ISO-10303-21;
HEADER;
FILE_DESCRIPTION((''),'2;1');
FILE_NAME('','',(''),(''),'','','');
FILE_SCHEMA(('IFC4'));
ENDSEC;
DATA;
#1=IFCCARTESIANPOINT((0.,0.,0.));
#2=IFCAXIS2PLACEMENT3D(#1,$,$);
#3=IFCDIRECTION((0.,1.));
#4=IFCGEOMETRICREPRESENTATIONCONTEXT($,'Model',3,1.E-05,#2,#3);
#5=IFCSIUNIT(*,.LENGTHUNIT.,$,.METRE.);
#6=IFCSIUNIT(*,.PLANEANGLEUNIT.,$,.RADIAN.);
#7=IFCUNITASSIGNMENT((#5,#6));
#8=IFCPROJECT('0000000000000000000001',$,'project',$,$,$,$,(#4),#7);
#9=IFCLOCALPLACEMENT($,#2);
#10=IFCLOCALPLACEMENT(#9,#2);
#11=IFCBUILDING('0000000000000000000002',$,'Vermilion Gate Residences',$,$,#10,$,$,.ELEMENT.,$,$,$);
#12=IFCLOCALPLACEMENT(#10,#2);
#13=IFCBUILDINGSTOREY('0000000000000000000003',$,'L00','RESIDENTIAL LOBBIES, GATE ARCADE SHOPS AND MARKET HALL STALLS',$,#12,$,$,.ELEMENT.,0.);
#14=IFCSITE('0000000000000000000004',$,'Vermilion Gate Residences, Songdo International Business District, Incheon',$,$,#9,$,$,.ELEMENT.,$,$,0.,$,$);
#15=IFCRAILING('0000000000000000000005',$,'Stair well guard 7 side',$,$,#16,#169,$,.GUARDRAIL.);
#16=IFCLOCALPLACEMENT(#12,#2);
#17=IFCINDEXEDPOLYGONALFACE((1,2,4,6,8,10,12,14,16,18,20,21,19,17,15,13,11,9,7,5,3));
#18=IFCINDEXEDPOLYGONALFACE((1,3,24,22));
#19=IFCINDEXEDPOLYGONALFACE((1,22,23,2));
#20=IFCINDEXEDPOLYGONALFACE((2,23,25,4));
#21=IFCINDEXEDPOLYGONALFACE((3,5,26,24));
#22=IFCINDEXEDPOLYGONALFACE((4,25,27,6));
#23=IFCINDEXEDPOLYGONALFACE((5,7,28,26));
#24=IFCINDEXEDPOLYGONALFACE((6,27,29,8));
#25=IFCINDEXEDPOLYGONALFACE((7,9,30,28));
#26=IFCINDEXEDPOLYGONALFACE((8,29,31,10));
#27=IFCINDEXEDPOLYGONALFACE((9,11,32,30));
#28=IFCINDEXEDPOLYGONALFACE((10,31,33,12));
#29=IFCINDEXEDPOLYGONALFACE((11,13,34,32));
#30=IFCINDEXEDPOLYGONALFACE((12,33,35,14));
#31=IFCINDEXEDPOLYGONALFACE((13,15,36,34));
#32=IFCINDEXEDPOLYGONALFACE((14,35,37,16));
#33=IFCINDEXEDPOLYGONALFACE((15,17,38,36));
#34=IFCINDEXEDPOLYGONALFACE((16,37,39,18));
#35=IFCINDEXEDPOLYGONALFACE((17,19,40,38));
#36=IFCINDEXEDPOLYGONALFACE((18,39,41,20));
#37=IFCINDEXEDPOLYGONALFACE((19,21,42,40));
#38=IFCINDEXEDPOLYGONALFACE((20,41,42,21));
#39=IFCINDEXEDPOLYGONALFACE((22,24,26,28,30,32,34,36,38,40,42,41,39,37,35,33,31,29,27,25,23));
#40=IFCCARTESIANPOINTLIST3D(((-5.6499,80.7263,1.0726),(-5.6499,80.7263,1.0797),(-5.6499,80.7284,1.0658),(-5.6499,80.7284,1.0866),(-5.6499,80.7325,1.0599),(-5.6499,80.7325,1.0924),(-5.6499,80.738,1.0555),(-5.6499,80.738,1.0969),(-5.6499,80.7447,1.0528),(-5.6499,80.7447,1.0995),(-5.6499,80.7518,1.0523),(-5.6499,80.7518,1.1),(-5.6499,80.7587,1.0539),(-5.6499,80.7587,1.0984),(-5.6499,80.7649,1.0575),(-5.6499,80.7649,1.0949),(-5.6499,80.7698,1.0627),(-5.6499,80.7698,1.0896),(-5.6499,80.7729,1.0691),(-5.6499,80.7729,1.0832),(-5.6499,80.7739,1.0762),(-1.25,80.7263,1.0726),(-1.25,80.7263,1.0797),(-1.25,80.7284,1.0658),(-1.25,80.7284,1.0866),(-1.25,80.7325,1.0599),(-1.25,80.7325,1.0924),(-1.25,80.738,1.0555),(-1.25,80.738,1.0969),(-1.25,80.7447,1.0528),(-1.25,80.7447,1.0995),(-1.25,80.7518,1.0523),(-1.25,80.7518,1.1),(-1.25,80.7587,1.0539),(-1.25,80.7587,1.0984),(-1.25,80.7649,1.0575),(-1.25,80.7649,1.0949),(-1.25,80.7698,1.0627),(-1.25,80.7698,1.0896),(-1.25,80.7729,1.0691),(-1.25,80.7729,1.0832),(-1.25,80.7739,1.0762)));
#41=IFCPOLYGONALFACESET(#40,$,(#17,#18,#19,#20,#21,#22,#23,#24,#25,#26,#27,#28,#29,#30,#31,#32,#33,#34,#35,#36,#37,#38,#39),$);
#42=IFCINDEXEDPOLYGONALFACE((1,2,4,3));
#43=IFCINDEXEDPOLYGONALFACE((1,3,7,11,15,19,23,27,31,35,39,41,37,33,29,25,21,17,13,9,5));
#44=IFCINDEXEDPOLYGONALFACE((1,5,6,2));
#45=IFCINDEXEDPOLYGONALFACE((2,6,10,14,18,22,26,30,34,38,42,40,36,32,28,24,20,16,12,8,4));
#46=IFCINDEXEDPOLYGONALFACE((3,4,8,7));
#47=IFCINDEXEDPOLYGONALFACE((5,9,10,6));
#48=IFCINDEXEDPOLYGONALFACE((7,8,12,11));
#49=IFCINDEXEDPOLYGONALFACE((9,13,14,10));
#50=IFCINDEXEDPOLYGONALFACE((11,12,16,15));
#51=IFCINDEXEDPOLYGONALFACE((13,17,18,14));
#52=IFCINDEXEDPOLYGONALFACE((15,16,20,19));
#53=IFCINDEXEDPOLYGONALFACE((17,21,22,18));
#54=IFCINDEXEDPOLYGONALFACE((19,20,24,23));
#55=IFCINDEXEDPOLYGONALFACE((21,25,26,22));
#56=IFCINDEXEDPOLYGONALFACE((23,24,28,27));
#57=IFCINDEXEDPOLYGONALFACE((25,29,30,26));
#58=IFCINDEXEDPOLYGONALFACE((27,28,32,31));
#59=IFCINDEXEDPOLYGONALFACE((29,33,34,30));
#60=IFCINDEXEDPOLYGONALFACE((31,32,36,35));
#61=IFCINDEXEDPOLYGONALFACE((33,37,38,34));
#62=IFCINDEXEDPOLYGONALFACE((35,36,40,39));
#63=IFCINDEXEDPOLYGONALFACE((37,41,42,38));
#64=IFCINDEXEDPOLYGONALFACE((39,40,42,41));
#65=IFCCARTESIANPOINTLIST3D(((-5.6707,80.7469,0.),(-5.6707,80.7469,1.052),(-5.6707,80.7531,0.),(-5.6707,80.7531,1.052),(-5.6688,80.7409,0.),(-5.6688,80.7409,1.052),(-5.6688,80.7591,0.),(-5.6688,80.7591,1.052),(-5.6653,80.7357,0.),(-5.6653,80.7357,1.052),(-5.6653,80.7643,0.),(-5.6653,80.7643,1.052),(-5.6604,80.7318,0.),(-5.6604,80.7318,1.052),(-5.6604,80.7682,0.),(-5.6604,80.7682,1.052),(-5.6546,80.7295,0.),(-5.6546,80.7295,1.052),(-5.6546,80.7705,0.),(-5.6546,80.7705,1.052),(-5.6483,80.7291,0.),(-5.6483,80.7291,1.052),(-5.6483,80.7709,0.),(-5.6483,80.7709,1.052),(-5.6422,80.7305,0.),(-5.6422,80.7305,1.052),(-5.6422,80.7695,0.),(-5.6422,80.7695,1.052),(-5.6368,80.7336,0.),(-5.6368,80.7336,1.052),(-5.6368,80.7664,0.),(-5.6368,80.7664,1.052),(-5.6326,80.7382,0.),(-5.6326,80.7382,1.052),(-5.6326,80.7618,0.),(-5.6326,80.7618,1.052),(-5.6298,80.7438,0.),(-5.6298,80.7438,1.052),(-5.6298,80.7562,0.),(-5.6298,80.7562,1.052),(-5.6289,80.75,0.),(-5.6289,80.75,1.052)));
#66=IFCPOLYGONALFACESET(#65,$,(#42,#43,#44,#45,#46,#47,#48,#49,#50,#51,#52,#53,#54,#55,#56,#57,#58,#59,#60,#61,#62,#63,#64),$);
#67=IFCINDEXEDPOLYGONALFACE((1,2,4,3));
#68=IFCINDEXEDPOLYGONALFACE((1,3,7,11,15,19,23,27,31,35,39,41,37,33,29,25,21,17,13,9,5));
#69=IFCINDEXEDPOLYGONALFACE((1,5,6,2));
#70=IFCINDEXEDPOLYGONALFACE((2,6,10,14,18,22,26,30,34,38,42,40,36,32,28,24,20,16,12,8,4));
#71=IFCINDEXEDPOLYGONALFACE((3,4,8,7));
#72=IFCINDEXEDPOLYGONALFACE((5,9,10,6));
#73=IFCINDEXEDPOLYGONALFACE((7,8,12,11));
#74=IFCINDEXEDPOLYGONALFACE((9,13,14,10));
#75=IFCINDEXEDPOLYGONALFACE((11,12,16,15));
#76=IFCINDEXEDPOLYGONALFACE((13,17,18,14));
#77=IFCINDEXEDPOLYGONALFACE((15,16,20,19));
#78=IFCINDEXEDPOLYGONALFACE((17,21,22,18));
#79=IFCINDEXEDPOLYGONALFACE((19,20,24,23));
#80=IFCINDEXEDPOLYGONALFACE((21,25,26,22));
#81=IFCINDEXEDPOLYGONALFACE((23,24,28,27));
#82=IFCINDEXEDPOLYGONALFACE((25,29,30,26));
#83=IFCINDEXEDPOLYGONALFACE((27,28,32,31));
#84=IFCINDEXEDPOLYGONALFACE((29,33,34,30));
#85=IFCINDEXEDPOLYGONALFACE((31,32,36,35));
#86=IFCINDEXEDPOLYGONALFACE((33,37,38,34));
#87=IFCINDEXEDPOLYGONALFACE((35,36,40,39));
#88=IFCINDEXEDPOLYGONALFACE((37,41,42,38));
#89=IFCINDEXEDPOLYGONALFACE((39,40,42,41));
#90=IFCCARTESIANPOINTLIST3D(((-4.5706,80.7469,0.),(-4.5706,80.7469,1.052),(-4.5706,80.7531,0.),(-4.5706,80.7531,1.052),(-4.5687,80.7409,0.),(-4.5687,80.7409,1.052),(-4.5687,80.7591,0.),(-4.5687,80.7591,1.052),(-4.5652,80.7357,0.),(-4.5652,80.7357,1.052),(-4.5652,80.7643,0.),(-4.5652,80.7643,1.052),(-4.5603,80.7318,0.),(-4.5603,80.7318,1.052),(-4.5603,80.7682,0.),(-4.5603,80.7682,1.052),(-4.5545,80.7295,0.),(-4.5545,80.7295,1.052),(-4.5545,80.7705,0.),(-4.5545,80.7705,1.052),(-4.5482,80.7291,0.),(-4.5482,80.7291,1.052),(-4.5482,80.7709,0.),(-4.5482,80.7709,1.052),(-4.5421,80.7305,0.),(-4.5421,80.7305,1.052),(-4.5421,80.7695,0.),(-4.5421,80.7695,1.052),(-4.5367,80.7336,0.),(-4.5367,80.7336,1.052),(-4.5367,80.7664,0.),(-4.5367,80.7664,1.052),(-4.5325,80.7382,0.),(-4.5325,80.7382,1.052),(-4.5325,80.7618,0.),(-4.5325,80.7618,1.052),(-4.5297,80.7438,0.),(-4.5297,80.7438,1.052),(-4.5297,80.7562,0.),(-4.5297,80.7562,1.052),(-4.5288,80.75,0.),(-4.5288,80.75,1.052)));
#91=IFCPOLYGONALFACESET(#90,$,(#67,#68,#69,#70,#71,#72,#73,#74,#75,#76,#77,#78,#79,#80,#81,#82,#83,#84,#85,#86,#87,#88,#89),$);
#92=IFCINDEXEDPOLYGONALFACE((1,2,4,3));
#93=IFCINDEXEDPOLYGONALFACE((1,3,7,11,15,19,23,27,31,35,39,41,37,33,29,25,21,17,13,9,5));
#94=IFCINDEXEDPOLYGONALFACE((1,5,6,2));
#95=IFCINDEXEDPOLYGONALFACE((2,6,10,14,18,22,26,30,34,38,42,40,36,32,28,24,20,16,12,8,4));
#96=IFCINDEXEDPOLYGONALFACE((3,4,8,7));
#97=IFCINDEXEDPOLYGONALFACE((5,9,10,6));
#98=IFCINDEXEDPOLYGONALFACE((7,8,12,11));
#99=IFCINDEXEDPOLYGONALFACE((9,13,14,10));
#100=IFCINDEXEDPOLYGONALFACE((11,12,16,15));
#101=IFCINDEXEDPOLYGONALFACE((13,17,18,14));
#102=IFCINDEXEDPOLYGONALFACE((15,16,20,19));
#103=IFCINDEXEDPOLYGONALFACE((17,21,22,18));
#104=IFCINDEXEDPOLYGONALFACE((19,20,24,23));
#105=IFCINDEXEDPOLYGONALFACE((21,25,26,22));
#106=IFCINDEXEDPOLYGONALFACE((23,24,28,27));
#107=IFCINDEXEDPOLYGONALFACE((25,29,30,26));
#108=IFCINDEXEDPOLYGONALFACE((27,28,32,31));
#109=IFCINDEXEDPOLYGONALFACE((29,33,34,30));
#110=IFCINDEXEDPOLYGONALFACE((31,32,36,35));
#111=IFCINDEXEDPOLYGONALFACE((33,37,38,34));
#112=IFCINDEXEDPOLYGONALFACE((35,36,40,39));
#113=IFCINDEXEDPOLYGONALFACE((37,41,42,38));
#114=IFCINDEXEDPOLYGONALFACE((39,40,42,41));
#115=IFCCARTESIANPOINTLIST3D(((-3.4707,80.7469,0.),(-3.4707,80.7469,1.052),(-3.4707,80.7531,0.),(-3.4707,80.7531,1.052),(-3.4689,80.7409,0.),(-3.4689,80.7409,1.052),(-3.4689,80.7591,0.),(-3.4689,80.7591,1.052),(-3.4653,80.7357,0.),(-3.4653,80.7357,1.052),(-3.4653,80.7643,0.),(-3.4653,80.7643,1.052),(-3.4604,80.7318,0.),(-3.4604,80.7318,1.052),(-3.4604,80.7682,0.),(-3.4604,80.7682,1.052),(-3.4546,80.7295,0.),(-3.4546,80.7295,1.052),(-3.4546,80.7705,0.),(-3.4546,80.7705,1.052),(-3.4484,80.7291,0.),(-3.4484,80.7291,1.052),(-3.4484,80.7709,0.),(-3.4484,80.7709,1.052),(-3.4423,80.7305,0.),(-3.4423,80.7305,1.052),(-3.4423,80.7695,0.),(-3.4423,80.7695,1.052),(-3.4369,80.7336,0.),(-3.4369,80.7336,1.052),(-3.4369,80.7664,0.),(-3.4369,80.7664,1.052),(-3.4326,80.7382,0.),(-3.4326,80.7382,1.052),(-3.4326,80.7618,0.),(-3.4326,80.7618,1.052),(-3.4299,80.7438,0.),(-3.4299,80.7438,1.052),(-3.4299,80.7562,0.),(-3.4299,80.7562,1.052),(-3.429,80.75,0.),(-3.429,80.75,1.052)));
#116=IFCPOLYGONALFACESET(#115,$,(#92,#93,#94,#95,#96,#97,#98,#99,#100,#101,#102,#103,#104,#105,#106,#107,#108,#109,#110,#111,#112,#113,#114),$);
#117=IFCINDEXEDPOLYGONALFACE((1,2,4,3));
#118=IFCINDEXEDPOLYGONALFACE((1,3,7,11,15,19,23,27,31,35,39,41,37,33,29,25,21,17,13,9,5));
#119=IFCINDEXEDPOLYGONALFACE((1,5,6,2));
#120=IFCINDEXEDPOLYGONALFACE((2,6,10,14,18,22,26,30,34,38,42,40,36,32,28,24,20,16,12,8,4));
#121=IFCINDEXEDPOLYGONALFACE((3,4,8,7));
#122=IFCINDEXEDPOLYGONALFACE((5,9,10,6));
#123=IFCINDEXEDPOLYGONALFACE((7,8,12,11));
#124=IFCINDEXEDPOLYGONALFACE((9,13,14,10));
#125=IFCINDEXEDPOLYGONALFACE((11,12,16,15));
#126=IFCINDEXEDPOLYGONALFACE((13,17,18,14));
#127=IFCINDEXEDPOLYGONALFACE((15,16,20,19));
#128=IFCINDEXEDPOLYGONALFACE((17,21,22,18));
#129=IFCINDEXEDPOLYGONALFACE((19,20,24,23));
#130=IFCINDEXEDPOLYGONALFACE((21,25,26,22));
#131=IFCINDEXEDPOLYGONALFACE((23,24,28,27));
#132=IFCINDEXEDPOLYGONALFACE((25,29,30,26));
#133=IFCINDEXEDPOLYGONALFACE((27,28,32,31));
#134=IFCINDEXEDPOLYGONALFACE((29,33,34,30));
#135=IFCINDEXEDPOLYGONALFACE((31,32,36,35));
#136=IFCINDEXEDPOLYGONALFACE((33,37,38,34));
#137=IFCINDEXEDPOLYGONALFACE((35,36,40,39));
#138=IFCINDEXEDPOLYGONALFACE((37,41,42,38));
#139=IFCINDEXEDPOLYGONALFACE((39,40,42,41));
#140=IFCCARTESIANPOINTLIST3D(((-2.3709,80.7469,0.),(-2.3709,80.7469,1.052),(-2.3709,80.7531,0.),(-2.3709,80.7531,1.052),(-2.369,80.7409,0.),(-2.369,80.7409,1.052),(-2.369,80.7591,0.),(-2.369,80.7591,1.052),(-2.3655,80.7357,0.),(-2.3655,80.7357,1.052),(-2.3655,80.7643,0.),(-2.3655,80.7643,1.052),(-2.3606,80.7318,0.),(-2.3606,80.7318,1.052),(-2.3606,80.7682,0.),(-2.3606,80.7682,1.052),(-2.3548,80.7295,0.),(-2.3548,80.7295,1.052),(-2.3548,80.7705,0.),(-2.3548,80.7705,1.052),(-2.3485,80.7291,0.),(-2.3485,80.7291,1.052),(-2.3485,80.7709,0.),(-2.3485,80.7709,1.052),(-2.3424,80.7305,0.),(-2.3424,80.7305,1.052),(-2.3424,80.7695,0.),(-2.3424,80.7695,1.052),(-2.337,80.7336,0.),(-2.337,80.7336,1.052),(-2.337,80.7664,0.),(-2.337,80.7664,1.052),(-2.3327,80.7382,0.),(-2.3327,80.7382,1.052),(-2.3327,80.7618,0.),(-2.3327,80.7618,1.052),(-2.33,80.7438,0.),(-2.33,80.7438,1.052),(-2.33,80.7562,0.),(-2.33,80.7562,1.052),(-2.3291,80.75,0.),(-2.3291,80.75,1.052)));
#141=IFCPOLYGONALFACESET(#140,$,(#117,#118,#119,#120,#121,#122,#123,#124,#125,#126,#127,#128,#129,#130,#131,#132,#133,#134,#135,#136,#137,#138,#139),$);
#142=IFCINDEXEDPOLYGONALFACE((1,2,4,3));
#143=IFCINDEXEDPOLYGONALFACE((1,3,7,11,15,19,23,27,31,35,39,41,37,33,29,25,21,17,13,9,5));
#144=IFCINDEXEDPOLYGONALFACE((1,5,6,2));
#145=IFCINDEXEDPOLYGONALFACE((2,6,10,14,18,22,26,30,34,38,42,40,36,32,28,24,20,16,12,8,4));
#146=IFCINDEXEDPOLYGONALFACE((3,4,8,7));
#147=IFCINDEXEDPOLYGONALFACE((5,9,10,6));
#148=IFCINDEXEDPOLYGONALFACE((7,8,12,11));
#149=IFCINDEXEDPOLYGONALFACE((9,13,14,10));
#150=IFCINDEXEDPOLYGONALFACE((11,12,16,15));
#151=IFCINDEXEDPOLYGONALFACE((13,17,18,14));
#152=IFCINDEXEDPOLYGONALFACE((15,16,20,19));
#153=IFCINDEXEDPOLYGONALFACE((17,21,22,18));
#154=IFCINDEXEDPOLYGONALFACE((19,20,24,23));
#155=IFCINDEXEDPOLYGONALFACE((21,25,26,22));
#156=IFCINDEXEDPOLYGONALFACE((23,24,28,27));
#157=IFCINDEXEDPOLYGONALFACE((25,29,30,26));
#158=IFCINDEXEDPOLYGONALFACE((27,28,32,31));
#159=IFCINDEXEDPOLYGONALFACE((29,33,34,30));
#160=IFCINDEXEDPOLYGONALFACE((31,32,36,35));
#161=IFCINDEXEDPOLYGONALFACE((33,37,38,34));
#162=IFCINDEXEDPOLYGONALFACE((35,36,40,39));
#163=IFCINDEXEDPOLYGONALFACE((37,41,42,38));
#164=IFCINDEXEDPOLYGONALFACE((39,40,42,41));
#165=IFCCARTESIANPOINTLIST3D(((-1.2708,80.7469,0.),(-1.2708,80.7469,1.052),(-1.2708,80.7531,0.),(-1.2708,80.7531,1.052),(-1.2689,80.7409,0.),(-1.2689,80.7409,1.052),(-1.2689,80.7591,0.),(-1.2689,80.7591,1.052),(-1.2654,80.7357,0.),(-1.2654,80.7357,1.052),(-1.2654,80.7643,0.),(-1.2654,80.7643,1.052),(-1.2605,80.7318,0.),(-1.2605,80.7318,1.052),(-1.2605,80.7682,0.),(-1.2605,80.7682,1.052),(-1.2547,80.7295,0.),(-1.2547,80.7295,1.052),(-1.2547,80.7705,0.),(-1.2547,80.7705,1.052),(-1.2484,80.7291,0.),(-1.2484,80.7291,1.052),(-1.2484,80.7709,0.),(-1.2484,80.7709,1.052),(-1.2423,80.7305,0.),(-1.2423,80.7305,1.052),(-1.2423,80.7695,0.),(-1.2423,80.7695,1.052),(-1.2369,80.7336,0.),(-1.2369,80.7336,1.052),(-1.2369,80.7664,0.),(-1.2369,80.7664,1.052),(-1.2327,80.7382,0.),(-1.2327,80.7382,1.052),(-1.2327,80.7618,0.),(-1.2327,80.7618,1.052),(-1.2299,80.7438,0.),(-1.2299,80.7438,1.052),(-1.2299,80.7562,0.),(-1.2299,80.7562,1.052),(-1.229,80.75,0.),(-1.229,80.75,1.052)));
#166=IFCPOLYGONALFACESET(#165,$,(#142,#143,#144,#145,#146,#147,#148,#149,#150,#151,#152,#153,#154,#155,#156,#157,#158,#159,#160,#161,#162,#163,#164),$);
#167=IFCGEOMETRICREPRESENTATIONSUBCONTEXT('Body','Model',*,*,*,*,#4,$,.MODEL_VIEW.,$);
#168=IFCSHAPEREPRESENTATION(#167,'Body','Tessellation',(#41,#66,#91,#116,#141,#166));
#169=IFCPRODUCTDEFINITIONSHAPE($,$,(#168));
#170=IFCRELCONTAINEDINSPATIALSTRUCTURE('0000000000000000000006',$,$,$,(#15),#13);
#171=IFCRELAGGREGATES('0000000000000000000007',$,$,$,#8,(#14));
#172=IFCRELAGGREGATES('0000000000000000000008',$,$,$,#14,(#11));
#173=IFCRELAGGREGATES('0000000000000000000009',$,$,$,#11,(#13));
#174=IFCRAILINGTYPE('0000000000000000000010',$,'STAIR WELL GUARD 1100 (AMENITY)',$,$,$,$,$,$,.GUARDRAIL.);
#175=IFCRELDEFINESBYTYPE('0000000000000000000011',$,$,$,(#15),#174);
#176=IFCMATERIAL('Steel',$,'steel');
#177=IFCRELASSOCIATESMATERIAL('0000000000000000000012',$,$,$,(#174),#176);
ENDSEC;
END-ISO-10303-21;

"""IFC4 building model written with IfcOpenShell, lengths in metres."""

from ifc_helpers import new_model, si_unit, direction, frame, origin, origin_2d, place, context, subcontext, project, spatial, circle, extrude, material, type_object, element, save


model = new_model("IFC4")

# Units and contexts
model_context = context("Model", 3, precision=1e-05, world=origin(), true_north=direction((0.0, 1.0)))
body_context = subcontext(model_context, "Body", "Model", "MODEL_VIEW")
ifc_project = project(units=[si_unit("LENGTHUNIT", "METRE"), si_unit("PLANEANGLEUNIT", "RADIAN")], contexts=[model_context])

# Site, building, storey
site_placement = place(None, origin())
site = spatial("IfcSite", under=ifc_project, at=site_placement, Name="Vermilion Gate Residences, Songdo International Business District, Incheon", CompositionType="ELEMENT", RefElevation=0.0)
building_placement = place(site_placement, origin())
building = spatial("IfcBuilding", under=site, at=building_placement, Name="Vermilion Gate Residences", CompositionType="ELEMENT")
storey_placement = place(building_placement, origin())
storey = spatial("IfcBuildingStorey", under=building, at=storey_placement, Name="L00", Description="RESIDENTIAL LOBBIES, GATE ARCADE SHOPS AND MARKET HALL STALLS", CompositionType="ELEMENT", Elevation=0.0)

# Railing
ifc_material_1 = material(Name="Steel", Category="steel")
railing_type = type_object("IfcRailingType", Name="STAIR WELL GUARD 1100 (AMENITY)", PredefinedType="GUARDRAIL", material=ifc_material_1)
railing_1_placement = place(storey_placement, frame((-5.6499, 80.75, 0.0)))
element("IfcRailing", 1, at=railing_1_placement, inside=storey, type_object=railing_type, Name="Stair well guard 7 side", PredefinedType="GUARDRAIL", context=body_context, shape_type="SweptSolid", body=[
    extrude(circle(Radius=0.0239, at=origin_2d()), frame((0.0, 0.0, 1.0762), z_axis=(1.0, 0.0, 0.0), x_axis=(0.0, 1.0, 0.0)), (0.0, 0.0, 1.0), 4.3999),
    extrude(circle(Radius=0.021, at=origin_2d()), origin(), (0.0, 0.0, 1.0), 1.052),
    extrude(circle(Radius=0.021, at=origin_2d()), frame((1.1001, 0.0, 0.0)), (0.0, 0.0, 1.0), 1.052),
    extrude(circle(Radius=0.021, at=origin_2d()), frame((2.2, 0.0, 0.0)), (0.0, 0.0, 1.0), 1.052),
    extrude(circle(Radius=0.021, at=origin_2d()), frame((3.2998, 0.0, 0.0)), (0.0, 0.0, 1.0), 1.052),
    extrude(circle(Radius=0.021, at=origin_2d()), frame((4.3999, 0.0, 0.0)), (0.0, 0.0, 1.0), 1.052),
])

save(model, "model.ifc")
